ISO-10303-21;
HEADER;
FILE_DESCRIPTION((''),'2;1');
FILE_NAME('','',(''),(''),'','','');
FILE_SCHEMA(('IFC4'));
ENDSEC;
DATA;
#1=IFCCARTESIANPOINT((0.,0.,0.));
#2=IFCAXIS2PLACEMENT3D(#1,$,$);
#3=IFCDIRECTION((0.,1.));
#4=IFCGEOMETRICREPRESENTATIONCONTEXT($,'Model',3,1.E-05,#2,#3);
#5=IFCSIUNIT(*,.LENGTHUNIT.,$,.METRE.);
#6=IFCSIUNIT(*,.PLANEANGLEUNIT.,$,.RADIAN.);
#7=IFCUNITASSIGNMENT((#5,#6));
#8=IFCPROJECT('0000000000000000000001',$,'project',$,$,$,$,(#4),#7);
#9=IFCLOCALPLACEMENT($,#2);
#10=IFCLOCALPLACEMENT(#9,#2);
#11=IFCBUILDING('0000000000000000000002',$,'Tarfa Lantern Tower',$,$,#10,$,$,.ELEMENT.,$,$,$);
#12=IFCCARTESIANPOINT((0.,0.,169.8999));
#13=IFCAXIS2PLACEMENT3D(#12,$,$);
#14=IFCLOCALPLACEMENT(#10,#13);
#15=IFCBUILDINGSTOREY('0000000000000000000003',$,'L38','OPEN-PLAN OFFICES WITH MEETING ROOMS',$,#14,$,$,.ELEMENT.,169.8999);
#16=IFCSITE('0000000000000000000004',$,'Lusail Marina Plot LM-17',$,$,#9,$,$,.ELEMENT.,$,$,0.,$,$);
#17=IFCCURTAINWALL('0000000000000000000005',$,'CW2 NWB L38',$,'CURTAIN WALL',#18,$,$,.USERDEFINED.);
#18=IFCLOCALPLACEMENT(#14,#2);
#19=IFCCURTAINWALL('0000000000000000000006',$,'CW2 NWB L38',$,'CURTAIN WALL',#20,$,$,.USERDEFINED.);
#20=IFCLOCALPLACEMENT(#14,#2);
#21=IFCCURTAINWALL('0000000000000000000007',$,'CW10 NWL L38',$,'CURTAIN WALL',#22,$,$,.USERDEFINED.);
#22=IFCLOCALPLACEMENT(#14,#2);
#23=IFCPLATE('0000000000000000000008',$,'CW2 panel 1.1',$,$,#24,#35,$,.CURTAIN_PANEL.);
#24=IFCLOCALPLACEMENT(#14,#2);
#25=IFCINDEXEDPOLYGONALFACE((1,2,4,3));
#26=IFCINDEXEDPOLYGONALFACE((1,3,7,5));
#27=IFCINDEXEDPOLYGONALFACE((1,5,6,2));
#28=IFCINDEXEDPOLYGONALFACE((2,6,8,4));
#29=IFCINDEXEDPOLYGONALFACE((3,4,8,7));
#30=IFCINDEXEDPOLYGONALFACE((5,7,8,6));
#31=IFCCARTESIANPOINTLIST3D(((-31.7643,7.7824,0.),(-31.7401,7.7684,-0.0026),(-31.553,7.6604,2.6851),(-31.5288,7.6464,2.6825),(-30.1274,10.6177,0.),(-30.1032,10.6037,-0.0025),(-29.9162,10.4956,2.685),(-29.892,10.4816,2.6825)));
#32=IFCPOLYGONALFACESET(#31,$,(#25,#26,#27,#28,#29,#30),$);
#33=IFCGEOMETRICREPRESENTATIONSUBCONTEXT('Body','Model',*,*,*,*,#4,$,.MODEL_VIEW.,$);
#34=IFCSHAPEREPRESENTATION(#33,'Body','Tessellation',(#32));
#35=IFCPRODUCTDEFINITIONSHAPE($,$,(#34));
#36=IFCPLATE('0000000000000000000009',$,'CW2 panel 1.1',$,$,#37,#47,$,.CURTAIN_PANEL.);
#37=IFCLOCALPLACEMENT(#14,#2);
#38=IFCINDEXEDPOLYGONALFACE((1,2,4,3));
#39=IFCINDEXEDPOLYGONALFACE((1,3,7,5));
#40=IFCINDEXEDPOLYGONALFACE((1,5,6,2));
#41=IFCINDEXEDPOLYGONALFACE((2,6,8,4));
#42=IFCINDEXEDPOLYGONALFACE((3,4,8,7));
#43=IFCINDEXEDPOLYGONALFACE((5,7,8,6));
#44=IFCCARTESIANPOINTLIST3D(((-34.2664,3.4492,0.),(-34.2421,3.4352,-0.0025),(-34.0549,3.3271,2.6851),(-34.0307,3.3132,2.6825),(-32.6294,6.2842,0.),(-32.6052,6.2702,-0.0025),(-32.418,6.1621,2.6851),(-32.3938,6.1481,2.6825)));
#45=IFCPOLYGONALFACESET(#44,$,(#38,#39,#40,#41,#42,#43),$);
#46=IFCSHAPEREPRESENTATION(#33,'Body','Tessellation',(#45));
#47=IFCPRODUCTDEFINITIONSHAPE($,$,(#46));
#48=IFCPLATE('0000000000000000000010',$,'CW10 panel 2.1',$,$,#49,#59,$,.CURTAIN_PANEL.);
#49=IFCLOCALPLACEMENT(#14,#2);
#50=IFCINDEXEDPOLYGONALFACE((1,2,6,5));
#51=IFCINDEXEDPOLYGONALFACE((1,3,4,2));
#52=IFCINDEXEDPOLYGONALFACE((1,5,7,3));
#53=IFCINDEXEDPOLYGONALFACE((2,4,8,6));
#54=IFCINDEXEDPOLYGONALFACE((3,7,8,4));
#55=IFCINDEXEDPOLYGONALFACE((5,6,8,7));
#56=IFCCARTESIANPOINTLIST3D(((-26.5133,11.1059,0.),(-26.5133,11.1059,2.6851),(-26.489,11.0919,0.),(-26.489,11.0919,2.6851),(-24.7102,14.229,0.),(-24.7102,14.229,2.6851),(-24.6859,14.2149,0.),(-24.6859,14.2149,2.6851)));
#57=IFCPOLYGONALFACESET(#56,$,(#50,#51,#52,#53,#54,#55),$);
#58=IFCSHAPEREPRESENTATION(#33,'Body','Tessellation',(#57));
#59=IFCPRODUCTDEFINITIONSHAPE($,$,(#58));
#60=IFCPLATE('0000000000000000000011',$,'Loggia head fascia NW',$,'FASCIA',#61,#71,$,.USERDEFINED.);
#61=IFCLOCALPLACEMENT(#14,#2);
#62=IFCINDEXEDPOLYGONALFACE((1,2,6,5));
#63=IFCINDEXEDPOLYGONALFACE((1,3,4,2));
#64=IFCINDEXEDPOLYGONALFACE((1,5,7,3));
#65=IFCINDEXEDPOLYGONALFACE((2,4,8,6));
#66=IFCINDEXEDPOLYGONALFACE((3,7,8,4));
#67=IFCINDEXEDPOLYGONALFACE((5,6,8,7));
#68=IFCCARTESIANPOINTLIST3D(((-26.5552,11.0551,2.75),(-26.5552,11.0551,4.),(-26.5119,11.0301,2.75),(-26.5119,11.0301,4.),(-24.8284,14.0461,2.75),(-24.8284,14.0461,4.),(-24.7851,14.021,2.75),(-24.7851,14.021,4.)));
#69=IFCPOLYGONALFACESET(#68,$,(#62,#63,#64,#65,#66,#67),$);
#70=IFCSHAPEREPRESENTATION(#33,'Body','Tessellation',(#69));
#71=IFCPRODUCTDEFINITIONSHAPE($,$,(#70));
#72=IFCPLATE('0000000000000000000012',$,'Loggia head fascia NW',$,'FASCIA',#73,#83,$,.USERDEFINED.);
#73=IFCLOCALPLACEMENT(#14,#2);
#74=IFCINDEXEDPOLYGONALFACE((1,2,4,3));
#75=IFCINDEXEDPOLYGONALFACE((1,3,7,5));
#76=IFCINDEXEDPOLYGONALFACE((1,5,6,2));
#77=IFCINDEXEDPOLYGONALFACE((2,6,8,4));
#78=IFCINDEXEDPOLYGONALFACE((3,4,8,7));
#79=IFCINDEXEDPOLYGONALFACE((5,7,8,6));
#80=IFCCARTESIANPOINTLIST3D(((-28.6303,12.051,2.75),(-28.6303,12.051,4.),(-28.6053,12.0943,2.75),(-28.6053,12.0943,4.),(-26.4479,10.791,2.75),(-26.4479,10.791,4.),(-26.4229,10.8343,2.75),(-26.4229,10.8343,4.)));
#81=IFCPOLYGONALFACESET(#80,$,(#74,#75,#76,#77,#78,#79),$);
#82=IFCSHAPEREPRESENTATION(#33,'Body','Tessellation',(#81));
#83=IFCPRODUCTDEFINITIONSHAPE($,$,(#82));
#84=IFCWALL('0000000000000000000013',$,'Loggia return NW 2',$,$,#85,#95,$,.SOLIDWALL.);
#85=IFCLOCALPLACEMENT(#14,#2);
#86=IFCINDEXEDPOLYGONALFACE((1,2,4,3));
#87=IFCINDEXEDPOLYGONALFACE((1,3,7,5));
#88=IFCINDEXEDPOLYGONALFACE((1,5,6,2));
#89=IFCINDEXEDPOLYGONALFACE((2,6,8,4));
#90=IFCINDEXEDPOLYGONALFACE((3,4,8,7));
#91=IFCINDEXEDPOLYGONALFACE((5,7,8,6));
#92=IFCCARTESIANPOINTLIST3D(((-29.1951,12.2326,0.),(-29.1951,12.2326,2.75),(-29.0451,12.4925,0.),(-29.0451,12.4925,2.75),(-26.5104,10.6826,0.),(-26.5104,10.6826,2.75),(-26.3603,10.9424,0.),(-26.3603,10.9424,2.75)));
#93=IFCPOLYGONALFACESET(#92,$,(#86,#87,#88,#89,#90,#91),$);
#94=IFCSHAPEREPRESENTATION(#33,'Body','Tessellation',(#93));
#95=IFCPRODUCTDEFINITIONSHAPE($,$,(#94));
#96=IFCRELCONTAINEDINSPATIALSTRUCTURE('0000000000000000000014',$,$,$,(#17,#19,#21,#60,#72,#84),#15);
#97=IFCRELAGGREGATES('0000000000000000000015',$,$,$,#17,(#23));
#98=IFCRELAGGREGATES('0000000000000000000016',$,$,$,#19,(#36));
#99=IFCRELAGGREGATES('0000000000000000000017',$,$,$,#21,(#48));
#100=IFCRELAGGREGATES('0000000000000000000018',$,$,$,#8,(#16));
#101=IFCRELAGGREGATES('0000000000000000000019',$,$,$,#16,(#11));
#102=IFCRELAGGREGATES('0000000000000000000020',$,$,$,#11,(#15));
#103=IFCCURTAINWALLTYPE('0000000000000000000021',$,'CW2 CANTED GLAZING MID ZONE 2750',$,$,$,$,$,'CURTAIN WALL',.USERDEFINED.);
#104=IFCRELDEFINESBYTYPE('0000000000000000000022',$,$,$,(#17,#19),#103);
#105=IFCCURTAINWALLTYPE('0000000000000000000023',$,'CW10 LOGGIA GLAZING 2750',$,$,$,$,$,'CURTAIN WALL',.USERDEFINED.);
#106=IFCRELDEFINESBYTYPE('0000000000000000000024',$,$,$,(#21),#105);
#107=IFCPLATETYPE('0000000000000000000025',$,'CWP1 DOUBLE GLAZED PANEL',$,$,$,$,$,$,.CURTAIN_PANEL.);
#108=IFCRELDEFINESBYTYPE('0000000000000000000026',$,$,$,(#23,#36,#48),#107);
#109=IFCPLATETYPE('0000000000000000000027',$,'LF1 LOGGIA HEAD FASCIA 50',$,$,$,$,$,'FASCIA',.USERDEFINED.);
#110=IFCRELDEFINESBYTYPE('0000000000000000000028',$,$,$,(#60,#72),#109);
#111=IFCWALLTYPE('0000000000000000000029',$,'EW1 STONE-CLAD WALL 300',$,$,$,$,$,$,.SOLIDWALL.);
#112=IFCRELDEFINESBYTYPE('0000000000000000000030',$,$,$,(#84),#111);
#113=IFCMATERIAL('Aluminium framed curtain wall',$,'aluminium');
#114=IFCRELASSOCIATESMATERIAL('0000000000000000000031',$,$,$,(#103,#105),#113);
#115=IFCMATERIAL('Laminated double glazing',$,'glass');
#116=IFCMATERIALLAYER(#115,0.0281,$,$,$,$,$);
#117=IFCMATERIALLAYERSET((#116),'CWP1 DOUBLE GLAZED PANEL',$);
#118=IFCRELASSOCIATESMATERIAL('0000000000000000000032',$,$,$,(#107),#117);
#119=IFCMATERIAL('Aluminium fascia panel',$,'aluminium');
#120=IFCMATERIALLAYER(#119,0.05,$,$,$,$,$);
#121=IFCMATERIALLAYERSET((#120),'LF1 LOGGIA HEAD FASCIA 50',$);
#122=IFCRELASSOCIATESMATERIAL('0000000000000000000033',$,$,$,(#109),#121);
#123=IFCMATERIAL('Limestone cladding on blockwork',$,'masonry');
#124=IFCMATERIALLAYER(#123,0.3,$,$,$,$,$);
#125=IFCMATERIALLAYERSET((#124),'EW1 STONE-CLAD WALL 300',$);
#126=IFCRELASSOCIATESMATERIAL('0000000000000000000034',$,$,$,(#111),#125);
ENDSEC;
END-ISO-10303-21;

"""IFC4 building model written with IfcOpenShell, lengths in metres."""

from ifc_helpers import new_model, si_unit, direction, frame, frame_2d, origin, origin_2d, place, context, subcontext, project, spatial, polyline, rectangle, outline, extrude, material, layer, layer_set, type_object, element, aggregate, save


model = new_model("IFC4")

# Units and contexts
model_context = context("Model", 3, precision=1e-05, world=origin(), true_north=direction((0.0, 1.0)))
body_context = subcontext(model_context, "Body", "Model", "MODEL_VIEW")
ifc_project = project(units=[si_unit("LENGTHUNIT", "METRE"), si_unit("PLANEANGLEUNIT", "RADIAN")], contexts=[model_context])

# Site, building, storey
site_placement = place(None, origin())
site = spatial("IfcSite", under=ifc_project, at=site_placement, Name="Lusail Marina Plot LM-17", CompositionType="ELEMENT", RefElevation=0.0)
building_placement = place(site_placement, origin())
building = spatial("IfcBuilding", under=site, at=building_placement, Name="Tarfa Lantern Tower", CompositionType="ELEMENT")
storey_placement = place(building_placement, frame((0.0, 0.0, 169.8999)))
storey = spatial("IfcBuildingStorey", under=building, at=storey_placement, Name="L38", Description="OPEN-PLAN OFFICES WITH MEETING ROOMS", CompositionType="ELEMENT", Elevation=169.8999)

# Curtain walls
ifc_material_1 = material(Name="Aluminium framed curtain wall", Category="aluminium")
curtain_wall_type_1 = type_object("IfcCurtainWallType", Name="CW2 CANTED GLAZING MID ZONE 2750", ElementType="CURTAIN WALL", PredefinedType="USERDEFINED", material=ifc_material_1)
curtain_wall_1_placement = place(storey_placement, origin())
curtain_wall_1 = element("IfcCurtainWall", 1, at=curtain_wall_1_placement, inside=storey, type_object=curtain_wall_type_1, Name="CW2 NWB L38", ObjectType="CURTAIN WALL", PredefinedType="USERDEFINED")
curtain_wall_2_placement = place(storey_placement, origin())
curtain_wall_2 = element("IfcCurtainWall", 2, at=curtain_wall_2_placement, inside=storey, type_object=curtain_wall_type_1, Name="CW2 NWB L38", ObjectType="CURTAIN WALL", PredefinedType="USERDEFINED")

# Curtain wall
curtain_wall_type_2 = type_object("IfcCurtainWallType", Name="CW10 LOGGIA GLAZING 2750", ElementType="CURTAIN WALL", PredefinedType="USERDEFINED", material=ifc_material_1)
curtain_wall_3_placement = place(storey_placement, origin())
curtain_wall_3 = element("IfcCurtainWall", 3, at=curtain_wall_3_placement, inside=storey, type_object=curtain_wall_type_2, Name="CW10 NWL L38", ObjectType="CURTAIN WALL", PredefinedType="USERDEFINED")

# Plates
ifc_material_2 = material(Name="Laminated double glazing", Category="glass")
ifc_layer_1 = layer(ifc_material_2, 0.0281)
ifc_layer_set_1 = layer_set([ifc_layer_1], Name="CWP1 DOUBLE GLAZED PANEL")
plate_type_1 = type_object("IfcPlateType", Name="CWP1 DOUBLE GLAZED PANEL", PredefinedType="CURTAIN_PANEL", material=ifc_layer_set_1)
plate_1_placement = place(storey_placement, frame((-30.1274, 10.6177, 0.0), z_axis=(-0.862479, 0.497933, 0.090511), x_axis=(-0.499985, -0.866034, -0.000003)))
plate_1 = element("IfcPlate", 4, at=plate_1_placement, type_object=plate_type_1, Name="CW2 panel 1.1", PredefinedType="CURTAIN_PANEL", context=body_context, shape_type="SweptSolid", body=[
    extrude(outline(polyline([(0.0, 0.0), (3.2738, 0.0), (3.2738, 2.6961), (0.0001, 2.6961), (0.0, 0.0)])), origin(), (0.0, 0.0, -1.0), 0.0281),
])
aggregate(curtain_wall_1, [plate_1])
plate_2_placement = place(storey_placement, frame((-32.6294, 6.2842, 0.0), z_axis=(-0.862442, 0.497991, 0.09055), x_axis=(-0.500045, -0.865999, 0.0)))
plate_2 = element("IfcPlate", 5, at=plate_2_placement, type_object=plate_type_1, Name="CW2 panel 1.1", PredefinedType="CURTAIN_PANEL", context=body_context, shape_type="SweptSolid", body=[
    extrude(outline(polyline([(0.0, 0.0), (3.2736, 0.0), (3.2736, 2.6961), (0.0, 2.6961), (0.0, 0.0)])), origin(), (0.0, 0.0, -1.0), 0.0281),
])
aggregate(curtain_wall_2, [plate_2])
plate_3_placement = place(storey_placement, frame((-25.5996, 12.6604, 0.0), z_axis=(0.0, 0.0, 1.0), x_axis=(-0.5, -0.866025, 0.0)))
plate_3 = element("IfcPlate", 6, at=plate_3_placement, type_object=plate_type_1, Name="CW10 panel 2.1", PredefinedType="CURTAIN_PANEL", context=body_context, shape_type="SweptSolid", body=[
    extrude(rectangle(XDim=3.6062, YDim=0.0281, at=origin_2d()), origin(), (0.0, 0.0, 1.0), 2.6851),
])
aggregate(curtain_wall_3, [plate_3])

# Plates
ifc_material_3 = material(Name="Aluminium fascia panel", Category="aluminium")
ifc_layer_2 = layer(ifc_material_3, 0.05)
ifc_layer_set_2 = layer_set([ifc_layer_2], Name="LF1 LOGGIA HEAD FASCIA 50")
plate_type_2 = type_object("IfcPlateType", Name="LF1 LOGGIA HEAD FASCIA 50", ElementType="FASCIA", PredefinedType="USERDEFINED", material=ifc_layer_set_2)
plate_4_placement = place(storey_placement, frame((-25.6702, 12.5381, 2.75), z_axis=(0.0, 0.0, 1.0), x_axis=(-0.5, -0.866025, 0.0)))
element("IfcPlate", 7, at=plate_4_placement, inside=storey, type_object=plate_type_2, Name="Loggia head fascia NW", ObjectType="FASCIA", PredefinedType="USERDEFINED", context=body_context, shape_type="SweptSolid", body=[
    extrude(rectangle(XDim=3.4536, YDim=0.05, at=origin_2d()), origin(), (0.0, 0.0, 1.0), 1.25),
])
plate_5_placement = place(storey_placement, frame((-27.5266, 11.4426, 2.75), z_axis=(0.0, 0.0, 1.0), x_axis=(0.866025, -0.5, 0.0)))
element("IfcPlate", 8, at=plate_5_placement, inside=storey, type_object=plate_type_2, Name="Loggia head fascia NW", ObjectType="FASCIA", PredefinedType="USERDEFINED", context=body_context, shape_type="SweptSolid", body=[
    extrude(rectangle(XDim=2.52, YDim=0.05, at=origin_2d()), origin(), (0.0, 0.0, 1.0), 1.25),
])

# Wall
ifc_material_4 = material(Name="Limestone cladding on blockwork", Category="masonry")
ifc_layer_3 = layer(ifc_material_4, 0.3)
ifc_layer_set_3 = layer_set([ifc_layer_3], Name="EW1 STONE-CLAD WALL 300")
wall_type = type_object("IfcWallType", Name="EW1 STONE-CLAD WALL 300", PredefinedType="SOLIDWALL", material=ifc_layer_set_3)
wall_placement = place(storey_placement, frame((-29.1201, 12.3625, 0.0), z_axis=(0.0, 0.0, 1.0), x_axis=(0.86603, -0.499993, 0.0)))
element("IfcWall", 9, at=wall_placement, inside=storey, type_object=wall_type, Name="Loggia return NW 2", PredefinedType="SOLIDWALL", context=body_context, shape_type="SweptSolid", body=[
    extrude(rectangle(XDim=3.1001, YDim=0.3, at=frame_2d((1.55, 0.0))), origin(), (0.0, 0.0, 1.0), 2.75),
])

save(model, "model.ifc")
